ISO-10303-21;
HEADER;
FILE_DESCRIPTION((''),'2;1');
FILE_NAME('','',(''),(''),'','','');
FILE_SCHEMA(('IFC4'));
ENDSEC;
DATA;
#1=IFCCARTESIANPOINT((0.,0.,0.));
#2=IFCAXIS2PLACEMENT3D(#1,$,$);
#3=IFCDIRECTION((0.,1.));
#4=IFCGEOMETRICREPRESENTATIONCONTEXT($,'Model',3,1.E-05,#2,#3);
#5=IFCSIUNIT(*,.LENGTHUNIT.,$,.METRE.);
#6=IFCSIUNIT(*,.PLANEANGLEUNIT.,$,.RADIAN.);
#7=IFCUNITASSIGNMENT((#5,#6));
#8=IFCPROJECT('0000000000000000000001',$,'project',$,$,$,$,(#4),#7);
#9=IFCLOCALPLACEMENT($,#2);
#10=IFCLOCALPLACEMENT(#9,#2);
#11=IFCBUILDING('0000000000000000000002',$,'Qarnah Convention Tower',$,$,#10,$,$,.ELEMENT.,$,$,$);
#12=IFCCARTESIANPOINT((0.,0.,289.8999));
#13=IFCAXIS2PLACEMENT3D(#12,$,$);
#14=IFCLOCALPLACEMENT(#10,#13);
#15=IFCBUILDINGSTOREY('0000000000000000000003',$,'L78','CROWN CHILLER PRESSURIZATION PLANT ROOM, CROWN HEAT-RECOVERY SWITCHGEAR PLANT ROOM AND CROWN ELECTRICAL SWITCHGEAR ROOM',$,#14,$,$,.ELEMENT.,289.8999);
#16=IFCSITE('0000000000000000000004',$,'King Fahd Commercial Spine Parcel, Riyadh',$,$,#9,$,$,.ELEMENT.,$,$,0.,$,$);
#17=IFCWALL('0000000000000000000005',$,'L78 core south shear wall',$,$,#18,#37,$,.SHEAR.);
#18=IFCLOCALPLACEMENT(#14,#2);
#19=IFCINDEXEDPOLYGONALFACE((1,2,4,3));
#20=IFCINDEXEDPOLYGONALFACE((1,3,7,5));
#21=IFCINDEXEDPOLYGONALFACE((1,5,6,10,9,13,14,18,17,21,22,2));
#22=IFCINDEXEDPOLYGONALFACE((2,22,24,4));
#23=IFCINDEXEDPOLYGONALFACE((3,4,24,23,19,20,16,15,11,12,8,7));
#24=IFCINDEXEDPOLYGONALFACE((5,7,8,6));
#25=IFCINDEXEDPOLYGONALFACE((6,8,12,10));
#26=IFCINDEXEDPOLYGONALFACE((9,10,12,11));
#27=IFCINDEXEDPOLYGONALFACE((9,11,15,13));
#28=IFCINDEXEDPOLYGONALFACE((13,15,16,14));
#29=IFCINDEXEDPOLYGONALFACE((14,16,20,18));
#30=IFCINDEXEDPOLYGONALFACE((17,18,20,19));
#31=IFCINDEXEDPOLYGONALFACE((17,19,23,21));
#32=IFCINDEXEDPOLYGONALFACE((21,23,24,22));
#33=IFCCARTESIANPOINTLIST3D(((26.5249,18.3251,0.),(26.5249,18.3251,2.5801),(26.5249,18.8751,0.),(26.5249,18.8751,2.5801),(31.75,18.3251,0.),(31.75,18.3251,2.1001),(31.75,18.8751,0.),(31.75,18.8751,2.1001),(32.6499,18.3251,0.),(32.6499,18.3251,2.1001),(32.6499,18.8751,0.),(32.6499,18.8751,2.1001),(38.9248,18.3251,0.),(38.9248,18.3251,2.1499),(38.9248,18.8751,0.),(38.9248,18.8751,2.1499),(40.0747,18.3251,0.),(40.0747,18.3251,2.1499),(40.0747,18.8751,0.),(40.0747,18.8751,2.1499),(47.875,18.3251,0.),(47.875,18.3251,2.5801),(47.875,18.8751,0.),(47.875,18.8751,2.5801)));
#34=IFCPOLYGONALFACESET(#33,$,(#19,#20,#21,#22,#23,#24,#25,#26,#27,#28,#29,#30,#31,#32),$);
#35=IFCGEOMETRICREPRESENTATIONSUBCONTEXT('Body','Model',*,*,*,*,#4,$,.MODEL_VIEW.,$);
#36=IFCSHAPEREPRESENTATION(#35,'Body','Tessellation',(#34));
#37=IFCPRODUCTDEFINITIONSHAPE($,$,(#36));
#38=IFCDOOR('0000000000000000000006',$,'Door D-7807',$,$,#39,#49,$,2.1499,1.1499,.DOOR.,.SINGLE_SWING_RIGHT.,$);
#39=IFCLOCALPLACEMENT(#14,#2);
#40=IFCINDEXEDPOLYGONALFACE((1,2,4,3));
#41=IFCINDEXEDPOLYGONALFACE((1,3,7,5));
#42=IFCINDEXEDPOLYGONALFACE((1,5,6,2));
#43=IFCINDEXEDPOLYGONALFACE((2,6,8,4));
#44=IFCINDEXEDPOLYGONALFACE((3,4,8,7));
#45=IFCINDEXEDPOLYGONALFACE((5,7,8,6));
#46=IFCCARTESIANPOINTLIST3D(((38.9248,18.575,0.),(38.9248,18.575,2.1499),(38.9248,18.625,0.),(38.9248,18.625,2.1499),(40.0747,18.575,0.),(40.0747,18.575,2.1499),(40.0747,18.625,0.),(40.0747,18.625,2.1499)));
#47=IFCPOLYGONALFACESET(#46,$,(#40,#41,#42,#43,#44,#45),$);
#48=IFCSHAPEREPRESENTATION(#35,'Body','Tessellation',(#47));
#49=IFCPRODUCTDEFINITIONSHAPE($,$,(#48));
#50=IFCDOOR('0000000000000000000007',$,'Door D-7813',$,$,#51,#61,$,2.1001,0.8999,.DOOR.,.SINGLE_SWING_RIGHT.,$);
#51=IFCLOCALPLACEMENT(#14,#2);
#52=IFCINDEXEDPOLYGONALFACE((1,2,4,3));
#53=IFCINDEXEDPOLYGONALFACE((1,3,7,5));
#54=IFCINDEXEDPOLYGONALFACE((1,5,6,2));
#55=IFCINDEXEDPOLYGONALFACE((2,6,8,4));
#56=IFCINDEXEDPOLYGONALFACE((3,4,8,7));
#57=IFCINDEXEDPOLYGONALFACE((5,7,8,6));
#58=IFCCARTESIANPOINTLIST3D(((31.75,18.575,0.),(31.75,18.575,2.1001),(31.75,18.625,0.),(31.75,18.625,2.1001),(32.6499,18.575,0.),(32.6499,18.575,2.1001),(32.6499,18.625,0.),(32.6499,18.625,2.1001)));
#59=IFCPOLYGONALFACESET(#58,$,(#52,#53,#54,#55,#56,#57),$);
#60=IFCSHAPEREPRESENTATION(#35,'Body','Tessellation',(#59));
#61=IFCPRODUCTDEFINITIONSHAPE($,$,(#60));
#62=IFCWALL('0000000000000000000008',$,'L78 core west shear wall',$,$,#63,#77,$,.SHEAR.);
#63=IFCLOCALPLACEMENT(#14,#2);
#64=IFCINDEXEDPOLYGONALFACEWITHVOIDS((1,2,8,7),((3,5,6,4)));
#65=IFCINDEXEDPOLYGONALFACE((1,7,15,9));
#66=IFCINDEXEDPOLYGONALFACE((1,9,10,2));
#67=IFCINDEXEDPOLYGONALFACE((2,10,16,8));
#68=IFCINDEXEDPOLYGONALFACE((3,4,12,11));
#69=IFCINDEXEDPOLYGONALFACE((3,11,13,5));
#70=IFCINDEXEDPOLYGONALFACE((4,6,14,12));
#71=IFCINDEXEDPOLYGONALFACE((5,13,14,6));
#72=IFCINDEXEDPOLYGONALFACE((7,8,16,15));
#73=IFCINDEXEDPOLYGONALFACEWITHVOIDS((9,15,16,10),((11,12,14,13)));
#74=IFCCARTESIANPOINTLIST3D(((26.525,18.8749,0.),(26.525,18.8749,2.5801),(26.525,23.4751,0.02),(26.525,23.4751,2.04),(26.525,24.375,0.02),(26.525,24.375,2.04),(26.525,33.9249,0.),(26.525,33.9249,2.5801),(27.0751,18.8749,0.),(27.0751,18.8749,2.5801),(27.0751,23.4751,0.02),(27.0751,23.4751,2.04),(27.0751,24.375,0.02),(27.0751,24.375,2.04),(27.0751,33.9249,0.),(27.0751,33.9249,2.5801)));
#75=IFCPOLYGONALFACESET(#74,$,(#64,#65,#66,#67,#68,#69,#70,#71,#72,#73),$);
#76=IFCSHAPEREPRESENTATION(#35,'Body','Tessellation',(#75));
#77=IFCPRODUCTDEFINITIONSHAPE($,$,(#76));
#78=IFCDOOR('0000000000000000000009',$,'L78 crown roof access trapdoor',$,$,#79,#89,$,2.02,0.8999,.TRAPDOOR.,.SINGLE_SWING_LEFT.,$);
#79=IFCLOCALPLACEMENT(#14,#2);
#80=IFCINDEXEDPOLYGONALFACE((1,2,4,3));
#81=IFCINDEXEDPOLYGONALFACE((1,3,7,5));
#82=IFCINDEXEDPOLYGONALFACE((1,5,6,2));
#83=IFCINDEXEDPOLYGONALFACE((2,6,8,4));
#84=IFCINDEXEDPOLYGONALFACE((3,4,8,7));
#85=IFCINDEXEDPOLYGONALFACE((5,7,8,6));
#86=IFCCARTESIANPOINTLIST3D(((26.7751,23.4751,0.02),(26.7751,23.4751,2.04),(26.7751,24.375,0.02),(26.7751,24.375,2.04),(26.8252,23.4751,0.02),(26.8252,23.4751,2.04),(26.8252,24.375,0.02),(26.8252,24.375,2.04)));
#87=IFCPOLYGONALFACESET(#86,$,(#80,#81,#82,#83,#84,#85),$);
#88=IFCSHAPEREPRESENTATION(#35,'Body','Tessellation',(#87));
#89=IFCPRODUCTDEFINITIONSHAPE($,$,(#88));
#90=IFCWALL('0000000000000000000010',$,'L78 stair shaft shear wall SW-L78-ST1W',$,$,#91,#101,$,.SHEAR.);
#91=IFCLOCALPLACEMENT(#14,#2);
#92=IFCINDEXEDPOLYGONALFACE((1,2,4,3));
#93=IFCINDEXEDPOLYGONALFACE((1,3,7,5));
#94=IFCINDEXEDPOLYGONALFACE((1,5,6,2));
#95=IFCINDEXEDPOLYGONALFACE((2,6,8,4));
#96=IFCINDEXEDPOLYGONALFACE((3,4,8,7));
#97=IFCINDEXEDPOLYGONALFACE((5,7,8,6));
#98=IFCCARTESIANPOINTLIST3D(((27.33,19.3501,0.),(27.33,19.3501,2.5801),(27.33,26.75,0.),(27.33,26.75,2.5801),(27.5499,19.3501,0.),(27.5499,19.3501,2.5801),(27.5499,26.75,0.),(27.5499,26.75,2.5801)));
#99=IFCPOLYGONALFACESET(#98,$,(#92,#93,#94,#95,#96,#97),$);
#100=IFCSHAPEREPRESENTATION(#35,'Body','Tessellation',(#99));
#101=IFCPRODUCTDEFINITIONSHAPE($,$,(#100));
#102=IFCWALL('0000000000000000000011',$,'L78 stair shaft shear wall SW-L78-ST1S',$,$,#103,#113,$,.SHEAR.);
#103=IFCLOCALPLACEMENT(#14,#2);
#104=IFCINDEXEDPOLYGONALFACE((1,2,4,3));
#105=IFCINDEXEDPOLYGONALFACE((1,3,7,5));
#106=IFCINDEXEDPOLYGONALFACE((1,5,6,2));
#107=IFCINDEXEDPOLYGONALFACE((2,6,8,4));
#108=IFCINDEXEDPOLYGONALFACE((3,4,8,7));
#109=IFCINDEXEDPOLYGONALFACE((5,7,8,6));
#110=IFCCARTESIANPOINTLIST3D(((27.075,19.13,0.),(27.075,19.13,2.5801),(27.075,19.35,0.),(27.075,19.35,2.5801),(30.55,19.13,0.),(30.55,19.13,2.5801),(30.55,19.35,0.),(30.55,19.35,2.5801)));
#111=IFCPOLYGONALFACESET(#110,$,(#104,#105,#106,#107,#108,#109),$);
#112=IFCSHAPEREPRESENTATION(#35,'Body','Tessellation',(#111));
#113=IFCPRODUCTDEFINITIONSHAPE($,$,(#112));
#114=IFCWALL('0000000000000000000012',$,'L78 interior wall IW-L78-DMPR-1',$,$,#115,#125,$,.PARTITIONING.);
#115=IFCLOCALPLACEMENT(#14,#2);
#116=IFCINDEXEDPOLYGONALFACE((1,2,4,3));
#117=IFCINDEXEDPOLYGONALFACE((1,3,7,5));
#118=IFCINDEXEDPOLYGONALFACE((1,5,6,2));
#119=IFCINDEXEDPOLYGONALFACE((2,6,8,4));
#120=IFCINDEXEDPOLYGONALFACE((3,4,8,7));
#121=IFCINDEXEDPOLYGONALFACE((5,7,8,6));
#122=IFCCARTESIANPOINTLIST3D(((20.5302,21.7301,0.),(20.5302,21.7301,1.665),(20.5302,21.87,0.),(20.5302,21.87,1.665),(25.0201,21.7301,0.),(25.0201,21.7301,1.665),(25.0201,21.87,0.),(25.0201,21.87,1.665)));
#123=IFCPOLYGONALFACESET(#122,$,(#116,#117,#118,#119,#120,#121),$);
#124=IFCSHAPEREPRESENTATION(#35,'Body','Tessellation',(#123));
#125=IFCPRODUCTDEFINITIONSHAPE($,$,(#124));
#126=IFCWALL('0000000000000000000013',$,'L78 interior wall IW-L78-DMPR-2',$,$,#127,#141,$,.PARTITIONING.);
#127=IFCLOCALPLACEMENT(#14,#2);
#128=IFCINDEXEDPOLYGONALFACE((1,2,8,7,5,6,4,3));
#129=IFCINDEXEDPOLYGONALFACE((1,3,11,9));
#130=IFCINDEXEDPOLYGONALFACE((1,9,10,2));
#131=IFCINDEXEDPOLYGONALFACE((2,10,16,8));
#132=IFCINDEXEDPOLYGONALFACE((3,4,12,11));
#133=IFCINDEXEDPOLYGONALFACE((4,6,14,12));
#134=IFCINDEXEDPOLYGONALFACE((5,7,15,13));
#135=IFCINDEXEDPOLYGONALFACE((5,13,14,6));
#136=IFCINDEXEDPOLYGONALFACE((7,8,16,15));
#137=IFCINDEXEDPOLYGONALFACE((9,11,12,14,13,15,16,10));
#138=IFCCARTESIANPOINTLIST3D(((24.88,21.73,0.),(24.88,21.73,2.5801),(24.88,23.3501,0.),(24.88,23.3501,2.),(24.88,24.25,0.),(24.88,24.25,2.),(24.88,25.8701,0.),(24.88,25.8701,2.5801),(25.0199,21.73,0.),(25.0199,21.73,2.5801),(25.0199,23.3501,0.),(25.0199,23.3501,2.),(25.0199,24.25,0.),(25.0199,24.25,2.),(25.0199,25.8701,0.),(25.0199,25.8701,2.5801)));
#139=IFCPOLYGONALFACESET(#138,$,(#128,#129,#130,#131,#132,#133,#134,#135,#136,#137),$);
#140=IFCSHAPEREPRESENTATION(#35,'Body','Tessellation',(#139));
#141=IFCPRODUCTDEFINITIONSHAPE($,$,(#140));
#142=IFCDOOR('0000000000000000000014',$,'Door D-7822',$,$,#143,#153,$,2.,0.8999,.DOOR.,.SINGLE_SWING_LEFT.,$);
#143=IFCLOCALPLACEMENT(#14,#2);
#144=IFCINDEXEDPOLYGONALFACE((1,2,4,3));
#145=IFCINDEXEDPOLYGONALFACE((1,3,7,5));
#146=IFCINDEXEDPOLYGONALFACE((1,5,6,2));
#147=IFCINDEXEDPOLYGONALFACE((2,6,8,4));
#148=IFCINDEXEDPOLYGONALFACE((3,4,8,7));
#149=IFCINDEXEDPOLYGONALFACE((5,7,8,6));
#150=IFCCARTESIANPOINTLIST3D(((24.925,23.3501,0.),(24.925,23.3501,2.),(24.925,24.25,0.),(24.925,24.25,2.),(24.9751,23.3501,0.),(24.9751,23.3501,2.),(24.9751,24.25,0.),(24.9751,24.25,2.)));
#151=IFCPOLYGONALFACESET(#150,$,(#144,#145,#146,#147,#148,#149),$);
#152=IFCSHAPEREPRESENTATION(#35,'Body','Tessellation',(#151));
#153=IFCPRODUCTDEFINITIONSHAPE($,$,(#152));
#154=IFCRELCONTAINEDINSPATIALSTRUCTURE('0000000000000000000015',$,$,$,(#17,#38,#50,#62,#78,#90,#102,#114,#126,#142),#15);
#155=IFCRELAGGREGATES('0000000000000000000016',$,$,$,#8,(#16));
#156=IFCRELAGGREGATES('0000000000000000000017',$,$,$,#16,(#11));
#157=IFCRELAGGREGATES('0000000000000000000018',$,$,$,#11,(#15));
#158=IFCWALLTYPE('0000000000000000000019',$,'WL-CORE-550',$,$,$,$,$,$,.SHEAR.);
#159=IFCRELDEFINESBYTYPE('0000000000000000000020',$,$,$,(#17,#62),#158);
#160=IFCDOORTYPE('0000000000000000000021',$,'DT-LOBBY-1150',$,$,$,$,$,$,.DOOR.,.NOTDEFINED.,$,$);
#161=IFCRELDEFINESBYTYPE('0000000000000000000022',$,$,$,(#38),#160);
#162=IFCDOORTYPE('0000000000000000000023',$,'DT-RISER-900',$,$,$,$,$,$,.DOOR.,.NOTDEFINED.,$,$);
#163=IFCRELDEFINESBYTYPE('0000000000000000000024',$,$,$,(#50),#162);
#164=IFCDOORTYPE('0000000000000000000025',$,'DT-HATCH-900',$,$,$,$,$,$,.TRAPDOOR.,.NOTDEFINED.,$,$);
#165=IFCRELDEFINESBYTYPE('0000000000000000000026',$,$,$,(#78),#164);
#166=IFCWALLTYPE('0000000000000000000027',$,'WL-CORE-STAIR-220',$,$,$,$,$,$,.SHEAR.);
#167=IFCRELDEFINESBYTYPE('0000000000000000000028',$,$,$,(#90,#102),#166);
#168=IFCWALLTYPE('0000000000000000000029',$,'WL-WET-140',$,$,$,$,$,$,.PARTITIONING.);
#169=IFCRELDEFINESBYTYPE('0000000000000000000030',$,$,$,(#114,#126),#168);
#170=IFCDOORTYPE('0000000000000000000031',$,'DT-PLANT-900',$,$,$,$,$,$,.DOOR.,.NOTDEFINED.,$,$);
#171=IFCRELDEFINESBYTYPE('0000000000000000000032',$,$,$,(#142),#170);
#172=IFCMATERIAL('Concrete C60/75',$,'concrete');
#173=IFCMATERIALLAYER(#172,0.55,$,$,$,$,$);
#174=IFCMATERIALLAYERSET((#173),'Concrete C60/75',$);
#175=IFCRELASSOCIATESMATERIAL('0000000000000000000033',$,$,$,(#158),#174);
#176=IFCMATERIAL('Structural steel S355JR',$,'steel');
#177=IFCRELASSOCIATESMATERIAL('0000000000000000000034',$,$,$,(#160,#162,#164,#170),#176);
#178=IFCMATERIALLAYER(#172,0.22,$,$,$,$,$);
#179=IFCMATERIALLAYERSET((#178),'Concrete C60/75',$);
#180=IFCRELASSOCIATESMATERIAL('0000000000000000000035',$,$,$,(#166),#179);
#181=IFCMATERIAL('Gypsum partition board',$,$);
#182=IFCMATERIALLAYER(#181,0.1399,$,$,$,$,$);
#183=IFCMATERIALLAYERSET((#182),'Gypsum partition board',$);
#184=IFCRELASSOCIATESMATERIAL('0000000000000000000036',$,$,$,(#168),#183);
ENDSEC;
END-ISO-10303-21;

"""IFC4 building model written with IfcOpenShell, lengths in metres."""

from ifc_helpers import new_model, si_unit, direction, frame, frame_2d, origin, place, context, subcontext, project, spatial, rectangle, extrude, material, layer, layer_set, type_object, element, fill, save


model = new_model("IFC4")

# Units and contexts
model_context = context("Model", 3, precision=1e-05, world=origin(), true_north=direction((0.0, 1.0)))
body_context = subcontext(model_context, "Body", "Model", "MODEL_VIEW")
ifc_project = project(units=[si_unit("LENGTHUNIT", "METRE"), si_unit("PLANEANGLEUNIT", "RADIAN")], contexts=[model_context])

# Site, building, storey
site_placement = place(None, origin())
site = spatial("IfcSite", under=ifc_project, at=site_placement, Name="King Fahd Commercial Spine Parcel, Riyadh", CompositionType="ELEMENT", RefElevation=0.0)
building_placement = place(site_placement, origin())
building = spatial("IfcBuilding", under=site, at=building_placement, Name="Qarnah Convention Tower", CompositionType="ELEMENT")
storey_placement = place(building_placement, frame((0.0, 0.0, 289.8999)))
storey = spatial("IfcBuildingStorey", under=building, at=storey_placement, Name="L78", Description="CROWN CHILLER PRESSURIZATION PLANT ROOM, CROWN HEAT-RECOVERY SWITCHGEAR PLANT ROOM AND CROWN ELECTRICAL SWITCHGEAR ROOM", CompositionType="ELEMENT", Elevation=289.8999)

# Shared definitions
ifc_material_1 = material(Name="Structural steel S355JR", Category="steel")

# Wall, openings, doors
ifc_material_2 = material(Name="Concrete C60/75", Category="concrete")
ifc_layer_1 = layer(ifc_material_2, 0.55)
ifc_layer_set_1 = layer_set([ifc_layer_1], Name="Concrete C60/75")
wall_type_1 = type_object("IfcWallType", Name="WL-CORE-550", PredefinedType="SHEAR", material=ifc_layer_set_1)
wall_1_placement = place(storey_placement, frame((26.5249, 18.6001, 0.0), z_axis=(0.0, 0.0, 1.0), x_axis=(1.0, 0.0, 0.0)))
wall_1 = element("IfcWall", 1, at=wall_1_placement, inside=storey, type_object=wall_type_1, Name="L78 core south shear wall", PredefinedType="SHEAR", context=body_context, shape_type="SweptSolid", body=[
    extrude(rectangle(XDim=21.3501, YDim=0.55, at=frame_2d((10.675, 0.0))), origin(), (0.0, 0.0, 1.0), 2.5801),
])
opening_1_placement = place(wall_1_placement, frame((12.3999, 0.0, 0.0)))
opening_1 = element("IfcOpeningElement", 2, at=opening_1_placement, cuts=wall_1, PredefinedType="OPENING", context=body_context, shape_type="SweptSolid", body=[
    extrude(rectangle(XDim=1.1499, YDim=2.1499, at=frame_2d((0.575, 1.075))), frame((0.0, 0.2849, 0.0), z_axis=(0.0, -1.0, 0.0), x_axis=(1.0, 0.0, 0.0)), (0.0, 0.0, 1.0), 0.5701),
])
opening_2_placement = place(wall_1_placement, frame((5.2251, 0.0, 0.0)))
opening_2 = element("IfcOpeningElement", 3, at=opening_2_placement, cuts=wall_1, PredefinedType="OPENING", context=body_context, shape_type="SweptSolid", body=[
    extrude(rectangle(XDim=0.8999, YDim=2.1001, at=frame_2d((0.45, 1.05))), frame((0.0, 0.2849, 0.0), z_axis=(0.0, -1.0, 0.0), x_axis=(1.0, 0.0, 0.0)), (0.0, 0.0, 1.0), 0.5701),
])
door_type_1 = type_object("IfcDoorType", Name="DT-LOBBY-1150", OperationType="NOTDEFINED", PredefinedType="DOOR", material=ifc_material_1)
door_1_placement = place(opening_1_placement, origin())
door_1 = element("IfcDoor", 4, at=door_1_placement, inside=storey, type_object=door_type_1, Name="Door D-7807", OperationType="SINGLE_SWING_RIGHT", OverallHeight=2.1499, OverallWidth=1.1499, PredefinedType="DOOR", context=body_context, shape_type="SweptSolid", body=[
    extrude(rectangle(XDim=1.1499, YDim=2.1499, at=frame_2d((0.575, 1.075))), frame((0.0, 0.0249, 0.0), z_axis=(0.0, -1.0, 0.0), x_axis=(1.0, 0.0, 0.0)), (0.0, 0.0, 1.0), 0.05),
])
fill(opening_1, door_1)
door_type_2 = type_object("IfcDoorType", Name="DT-RISER-900", OperationType="NOTDEFINED", PredefinedType="DOOR", material=ifc_material_1)
door_2_placement = place(opening_2_placement, origin())
door_2 = element("IfcDoor", 5, at=door_2_placement, inside=storey, type_object=door_type_2, Name="Door D-7813", OperationType="SINGLE_SWING_RIGHT", OverallHeight=2.1001, OverallWidth=0.8999, PredefinedType="DOOR", context=body_context, shape_type="SweptSolid", body=[
    extrude(rectangle(XDim=0.8999, YDim=2.1001, at=frame_2d((0.45, 1.05))), frame((0.0, 0.0249, 0.0), z_axis=(0.0, -1.0, 0.0), x_axis=(1.0, 0.0, 0.0)), (0.0, 0.0, 1.0), 0.05),
])
fill(opening_2, door_2)

# Wall, opening, door
wall_2_placement = place(storey_placement, frame((26.8, 18.875, 0.0), z_axis=(0.0, 0.0, 1.0), x_axis=(0.0, 1.0, 0.0)))
wall_2 = element("IfcWall", 6, at=wall_2_placement, inside=storey, type_object=wall_type_1, Name="L78 core west shear wall", PredefinedType="SHEAR", context=body_context, shape_type="SweptSolid", body=[
    extrude(rectangle(XDim=15.05, YDim=0.55, at=frame_2d((7.5249, 0.0))), origin(), (0.0, 0.0, 1.0), 2.5801),
])
opening_3_placement = place(wall_2_placement, frame((4.6001, 0.0, 0.02)))
opening_3 = element("IfcOpeningElement", 7, at=opening_3_placement, cuts=wall_2, PredefinedType="OPENING", context=body_context, shape_type="SweptSolid", body=[
    extrude(rectangle(XDim=0.8999, YDim=2.02, at=frame_2d((0.45, 1.01))), frame((0.0, 0.2849, 0.0), z_axis=(0.0, -1.0, 0.0), x_axis=(1.0, 0.0, 0.0)), (0.0, 0.0, 1.0), 0.5701),
])
door_type_3 = type_object("IfcDoorType", Name="DT-HATCH-900", OperationType="NOTDEFINED", PredefinedType="TRAPDOOR", material=ifc_material_1)
door_3_placement = place(opening_3_placement, origin())
door_3 = element("IfcDoor", 8, at=door_3_placement, inside=storey, type_object=door_type_3, Name="L78 crown roof access trapdoor", OperationType="SINGLE_SWING_LEFT", OverallHeight=2.02, OverallWidth=0.8999, PredefinedType="TRAPDOOR", context=body_context, shape_type="SweptSolid", body=[
    extrude(rectangle(XDim=0.8999, YDim=2.02, at=frame_2d((0.45, 1.01))), frame((0.0, 0.0249, 0.0), z_axis=(0.0, -1.0, 0.0), x_axis=(1.0, 0.0, 0.0)), (0.0, 0.0, 1.0), 0.05),
])
fill(opening_3, door_3)

# Walls
ifc_layer_2 = layer(ifc_material_2, 0.22)
ifc_layer_set_2 = layer_set([ifc_layer_2], Name="Concrete C60/75")
wall_type_2 = type_object("IfcWallType", Name="WL-CORE-STAIR-220", PredefinedType="SHEAR", material=ifc_layer_set_2)
wall_3_placement = place(storey_placement, frame((27.4399, 19.3501, 0.0), z_axis=(0.0, 0.0, 1.0), x_axis=(0.0, 1.0, 0.0)))
element("IfcWall", 9, at=wall_3_placement, inside=storey, type_object=wall_type_2, Name="L78 stair shaft shear wall SW-L78-ST1W", PredefinedType="SHEAR", context=body_context, shape_type="SweptSolid", body=[
    extrude(rectangle(XDim=7.3999, YDim=0.22, at=frame_2d((3.7, 0.0))), origin(), (0.0, 0.0, 1.0), 2.5801),
])
wall_4_placement = place(storey_placement, frame((27.075, 19.24, 0.0), z_axis=(0.0, 0.0, 1.0), x_axis=(1.0, 0.0, 0.0)))
element("IfcWall", 10, at=wall_4_placement, inside=storey, type_object=wall_type_2, Name="L78 stair shaft shear wall SW-L78-ST1S", PredefinedType="SHEAR", context=body_context, shape_type="SweptSolid", body=[
    extrude(rectangle(XDim=3.4751, YDim=0.22, at=frame_2d((1.7375, 0.0))), origin(), (0.0, 0.0, 1.0), 2.5801),
])
ifc_material_3 = material(Name="Gypsum partition board")
ifc_layer_3 = layer(ifc_material_3, 0.1399)
ifc_layer_set_3 = layer_set([ifc_layer_3], Name="Gypsum partition board")
wall_type_3 = type_object("IfcWallType", Name="WL-WET-140", PredefinedType="PARTITIONING", material=ifc_layer_set_3)
wall_5_placement = place(storey_placement, frame((20.53, 21.8, 0.0), z_axis=(0.0, 0.0, 1.0), x_axis=(1.0, 0.0, 0.0)))
element("IfcWall", 11, at=wall_5_placement, inside=storey, type_object=wall_type_3, Name="L78 interior wall IW-L78-DMPR-1", PredefinedType="PARTITIONING", context=body_context, shape_type="SweptSolid", body=[
    extrude(rectangle(XDim=4.49, YDim=0.1399, at=frame_2d((2.2451, 0.0))), origin(), (0.0, 0.0, 1.0), 1.665),
])

# Wall, opening, door
wall_6_placement = place(storey_placement, frame((24.95, 21.73, 0.0), z_axis=(0.0, 0.0, 1.0), x_axis=(0.0, 1.0, 0.0)))
wall_6 = element("IfcWall", 12, at=wall_6_placement, inside=storey, type_object=wall_type_3, Name="L78 interior wall IW-L78-DMPR-2", PredefinedType="PARTITIONING", context=body_context, shape_type="SweptSolid", body=[
    extrude(rectangle(XDim=4.1401, YDim=0.1399, at=frame_2d((2.0701, 0.0))), origin(), (0.0, 0.0, 1.0), 2.5801),
])
opening_4_placement = place(wall_6_placement, frame((1.6201, 0.0, 0.0)))
opening_4 = element("IfcOpeningElement", 13, at=opening_4_placement, cuts=wall_6, PredefinedType="OPENING", context=body_context, shape_type="SweptSolid", body=[
    extrude(rectangle(XDim=0.8999, YDim=2.0, at=frame_2d((0.45, 1.0))), frame((0.0, 0.0798, 0.0), z_axis=(0.0, -1.0, 0.0), x_axis=(1.0, 0.0, 0.0)), (0.0, 0.0, 1.0), 0.1599),
])
door_type_4 = type_object("IfcDoorType", Name="DT-PLANT-900", OperationType="NOTDEFINED", PredefinedType="DOOR", material=ifc_material_1)
door_4_placement = place(opening_4_placement, origin())
door_4 = element("IfcDoor", 14, at=door_4_placement, inside=storey, type_object=door_type_4, Name="Door D-7822", OperationType="SINGLE_SWING_LEFT", OverallHeight=2.0, OverallWidth=0.8999, PredefinedType="DOOR", context=body_context, shape_type="SweptSolid", body=[
    extrude(rectangle(XDim=0.8999, YDim=2.0, at=frame_2d((0.45, 1.0))), frame((0.0, 0.0249, 0.0), z_axis=(0.0, -1.0, 0.0), x_axis=(1.0, 0.0, 0.0)), (0.0, 0.0, 1.0), 0.05),
])
fill(opening_4, door_4)

save(model, "model.ifc")
